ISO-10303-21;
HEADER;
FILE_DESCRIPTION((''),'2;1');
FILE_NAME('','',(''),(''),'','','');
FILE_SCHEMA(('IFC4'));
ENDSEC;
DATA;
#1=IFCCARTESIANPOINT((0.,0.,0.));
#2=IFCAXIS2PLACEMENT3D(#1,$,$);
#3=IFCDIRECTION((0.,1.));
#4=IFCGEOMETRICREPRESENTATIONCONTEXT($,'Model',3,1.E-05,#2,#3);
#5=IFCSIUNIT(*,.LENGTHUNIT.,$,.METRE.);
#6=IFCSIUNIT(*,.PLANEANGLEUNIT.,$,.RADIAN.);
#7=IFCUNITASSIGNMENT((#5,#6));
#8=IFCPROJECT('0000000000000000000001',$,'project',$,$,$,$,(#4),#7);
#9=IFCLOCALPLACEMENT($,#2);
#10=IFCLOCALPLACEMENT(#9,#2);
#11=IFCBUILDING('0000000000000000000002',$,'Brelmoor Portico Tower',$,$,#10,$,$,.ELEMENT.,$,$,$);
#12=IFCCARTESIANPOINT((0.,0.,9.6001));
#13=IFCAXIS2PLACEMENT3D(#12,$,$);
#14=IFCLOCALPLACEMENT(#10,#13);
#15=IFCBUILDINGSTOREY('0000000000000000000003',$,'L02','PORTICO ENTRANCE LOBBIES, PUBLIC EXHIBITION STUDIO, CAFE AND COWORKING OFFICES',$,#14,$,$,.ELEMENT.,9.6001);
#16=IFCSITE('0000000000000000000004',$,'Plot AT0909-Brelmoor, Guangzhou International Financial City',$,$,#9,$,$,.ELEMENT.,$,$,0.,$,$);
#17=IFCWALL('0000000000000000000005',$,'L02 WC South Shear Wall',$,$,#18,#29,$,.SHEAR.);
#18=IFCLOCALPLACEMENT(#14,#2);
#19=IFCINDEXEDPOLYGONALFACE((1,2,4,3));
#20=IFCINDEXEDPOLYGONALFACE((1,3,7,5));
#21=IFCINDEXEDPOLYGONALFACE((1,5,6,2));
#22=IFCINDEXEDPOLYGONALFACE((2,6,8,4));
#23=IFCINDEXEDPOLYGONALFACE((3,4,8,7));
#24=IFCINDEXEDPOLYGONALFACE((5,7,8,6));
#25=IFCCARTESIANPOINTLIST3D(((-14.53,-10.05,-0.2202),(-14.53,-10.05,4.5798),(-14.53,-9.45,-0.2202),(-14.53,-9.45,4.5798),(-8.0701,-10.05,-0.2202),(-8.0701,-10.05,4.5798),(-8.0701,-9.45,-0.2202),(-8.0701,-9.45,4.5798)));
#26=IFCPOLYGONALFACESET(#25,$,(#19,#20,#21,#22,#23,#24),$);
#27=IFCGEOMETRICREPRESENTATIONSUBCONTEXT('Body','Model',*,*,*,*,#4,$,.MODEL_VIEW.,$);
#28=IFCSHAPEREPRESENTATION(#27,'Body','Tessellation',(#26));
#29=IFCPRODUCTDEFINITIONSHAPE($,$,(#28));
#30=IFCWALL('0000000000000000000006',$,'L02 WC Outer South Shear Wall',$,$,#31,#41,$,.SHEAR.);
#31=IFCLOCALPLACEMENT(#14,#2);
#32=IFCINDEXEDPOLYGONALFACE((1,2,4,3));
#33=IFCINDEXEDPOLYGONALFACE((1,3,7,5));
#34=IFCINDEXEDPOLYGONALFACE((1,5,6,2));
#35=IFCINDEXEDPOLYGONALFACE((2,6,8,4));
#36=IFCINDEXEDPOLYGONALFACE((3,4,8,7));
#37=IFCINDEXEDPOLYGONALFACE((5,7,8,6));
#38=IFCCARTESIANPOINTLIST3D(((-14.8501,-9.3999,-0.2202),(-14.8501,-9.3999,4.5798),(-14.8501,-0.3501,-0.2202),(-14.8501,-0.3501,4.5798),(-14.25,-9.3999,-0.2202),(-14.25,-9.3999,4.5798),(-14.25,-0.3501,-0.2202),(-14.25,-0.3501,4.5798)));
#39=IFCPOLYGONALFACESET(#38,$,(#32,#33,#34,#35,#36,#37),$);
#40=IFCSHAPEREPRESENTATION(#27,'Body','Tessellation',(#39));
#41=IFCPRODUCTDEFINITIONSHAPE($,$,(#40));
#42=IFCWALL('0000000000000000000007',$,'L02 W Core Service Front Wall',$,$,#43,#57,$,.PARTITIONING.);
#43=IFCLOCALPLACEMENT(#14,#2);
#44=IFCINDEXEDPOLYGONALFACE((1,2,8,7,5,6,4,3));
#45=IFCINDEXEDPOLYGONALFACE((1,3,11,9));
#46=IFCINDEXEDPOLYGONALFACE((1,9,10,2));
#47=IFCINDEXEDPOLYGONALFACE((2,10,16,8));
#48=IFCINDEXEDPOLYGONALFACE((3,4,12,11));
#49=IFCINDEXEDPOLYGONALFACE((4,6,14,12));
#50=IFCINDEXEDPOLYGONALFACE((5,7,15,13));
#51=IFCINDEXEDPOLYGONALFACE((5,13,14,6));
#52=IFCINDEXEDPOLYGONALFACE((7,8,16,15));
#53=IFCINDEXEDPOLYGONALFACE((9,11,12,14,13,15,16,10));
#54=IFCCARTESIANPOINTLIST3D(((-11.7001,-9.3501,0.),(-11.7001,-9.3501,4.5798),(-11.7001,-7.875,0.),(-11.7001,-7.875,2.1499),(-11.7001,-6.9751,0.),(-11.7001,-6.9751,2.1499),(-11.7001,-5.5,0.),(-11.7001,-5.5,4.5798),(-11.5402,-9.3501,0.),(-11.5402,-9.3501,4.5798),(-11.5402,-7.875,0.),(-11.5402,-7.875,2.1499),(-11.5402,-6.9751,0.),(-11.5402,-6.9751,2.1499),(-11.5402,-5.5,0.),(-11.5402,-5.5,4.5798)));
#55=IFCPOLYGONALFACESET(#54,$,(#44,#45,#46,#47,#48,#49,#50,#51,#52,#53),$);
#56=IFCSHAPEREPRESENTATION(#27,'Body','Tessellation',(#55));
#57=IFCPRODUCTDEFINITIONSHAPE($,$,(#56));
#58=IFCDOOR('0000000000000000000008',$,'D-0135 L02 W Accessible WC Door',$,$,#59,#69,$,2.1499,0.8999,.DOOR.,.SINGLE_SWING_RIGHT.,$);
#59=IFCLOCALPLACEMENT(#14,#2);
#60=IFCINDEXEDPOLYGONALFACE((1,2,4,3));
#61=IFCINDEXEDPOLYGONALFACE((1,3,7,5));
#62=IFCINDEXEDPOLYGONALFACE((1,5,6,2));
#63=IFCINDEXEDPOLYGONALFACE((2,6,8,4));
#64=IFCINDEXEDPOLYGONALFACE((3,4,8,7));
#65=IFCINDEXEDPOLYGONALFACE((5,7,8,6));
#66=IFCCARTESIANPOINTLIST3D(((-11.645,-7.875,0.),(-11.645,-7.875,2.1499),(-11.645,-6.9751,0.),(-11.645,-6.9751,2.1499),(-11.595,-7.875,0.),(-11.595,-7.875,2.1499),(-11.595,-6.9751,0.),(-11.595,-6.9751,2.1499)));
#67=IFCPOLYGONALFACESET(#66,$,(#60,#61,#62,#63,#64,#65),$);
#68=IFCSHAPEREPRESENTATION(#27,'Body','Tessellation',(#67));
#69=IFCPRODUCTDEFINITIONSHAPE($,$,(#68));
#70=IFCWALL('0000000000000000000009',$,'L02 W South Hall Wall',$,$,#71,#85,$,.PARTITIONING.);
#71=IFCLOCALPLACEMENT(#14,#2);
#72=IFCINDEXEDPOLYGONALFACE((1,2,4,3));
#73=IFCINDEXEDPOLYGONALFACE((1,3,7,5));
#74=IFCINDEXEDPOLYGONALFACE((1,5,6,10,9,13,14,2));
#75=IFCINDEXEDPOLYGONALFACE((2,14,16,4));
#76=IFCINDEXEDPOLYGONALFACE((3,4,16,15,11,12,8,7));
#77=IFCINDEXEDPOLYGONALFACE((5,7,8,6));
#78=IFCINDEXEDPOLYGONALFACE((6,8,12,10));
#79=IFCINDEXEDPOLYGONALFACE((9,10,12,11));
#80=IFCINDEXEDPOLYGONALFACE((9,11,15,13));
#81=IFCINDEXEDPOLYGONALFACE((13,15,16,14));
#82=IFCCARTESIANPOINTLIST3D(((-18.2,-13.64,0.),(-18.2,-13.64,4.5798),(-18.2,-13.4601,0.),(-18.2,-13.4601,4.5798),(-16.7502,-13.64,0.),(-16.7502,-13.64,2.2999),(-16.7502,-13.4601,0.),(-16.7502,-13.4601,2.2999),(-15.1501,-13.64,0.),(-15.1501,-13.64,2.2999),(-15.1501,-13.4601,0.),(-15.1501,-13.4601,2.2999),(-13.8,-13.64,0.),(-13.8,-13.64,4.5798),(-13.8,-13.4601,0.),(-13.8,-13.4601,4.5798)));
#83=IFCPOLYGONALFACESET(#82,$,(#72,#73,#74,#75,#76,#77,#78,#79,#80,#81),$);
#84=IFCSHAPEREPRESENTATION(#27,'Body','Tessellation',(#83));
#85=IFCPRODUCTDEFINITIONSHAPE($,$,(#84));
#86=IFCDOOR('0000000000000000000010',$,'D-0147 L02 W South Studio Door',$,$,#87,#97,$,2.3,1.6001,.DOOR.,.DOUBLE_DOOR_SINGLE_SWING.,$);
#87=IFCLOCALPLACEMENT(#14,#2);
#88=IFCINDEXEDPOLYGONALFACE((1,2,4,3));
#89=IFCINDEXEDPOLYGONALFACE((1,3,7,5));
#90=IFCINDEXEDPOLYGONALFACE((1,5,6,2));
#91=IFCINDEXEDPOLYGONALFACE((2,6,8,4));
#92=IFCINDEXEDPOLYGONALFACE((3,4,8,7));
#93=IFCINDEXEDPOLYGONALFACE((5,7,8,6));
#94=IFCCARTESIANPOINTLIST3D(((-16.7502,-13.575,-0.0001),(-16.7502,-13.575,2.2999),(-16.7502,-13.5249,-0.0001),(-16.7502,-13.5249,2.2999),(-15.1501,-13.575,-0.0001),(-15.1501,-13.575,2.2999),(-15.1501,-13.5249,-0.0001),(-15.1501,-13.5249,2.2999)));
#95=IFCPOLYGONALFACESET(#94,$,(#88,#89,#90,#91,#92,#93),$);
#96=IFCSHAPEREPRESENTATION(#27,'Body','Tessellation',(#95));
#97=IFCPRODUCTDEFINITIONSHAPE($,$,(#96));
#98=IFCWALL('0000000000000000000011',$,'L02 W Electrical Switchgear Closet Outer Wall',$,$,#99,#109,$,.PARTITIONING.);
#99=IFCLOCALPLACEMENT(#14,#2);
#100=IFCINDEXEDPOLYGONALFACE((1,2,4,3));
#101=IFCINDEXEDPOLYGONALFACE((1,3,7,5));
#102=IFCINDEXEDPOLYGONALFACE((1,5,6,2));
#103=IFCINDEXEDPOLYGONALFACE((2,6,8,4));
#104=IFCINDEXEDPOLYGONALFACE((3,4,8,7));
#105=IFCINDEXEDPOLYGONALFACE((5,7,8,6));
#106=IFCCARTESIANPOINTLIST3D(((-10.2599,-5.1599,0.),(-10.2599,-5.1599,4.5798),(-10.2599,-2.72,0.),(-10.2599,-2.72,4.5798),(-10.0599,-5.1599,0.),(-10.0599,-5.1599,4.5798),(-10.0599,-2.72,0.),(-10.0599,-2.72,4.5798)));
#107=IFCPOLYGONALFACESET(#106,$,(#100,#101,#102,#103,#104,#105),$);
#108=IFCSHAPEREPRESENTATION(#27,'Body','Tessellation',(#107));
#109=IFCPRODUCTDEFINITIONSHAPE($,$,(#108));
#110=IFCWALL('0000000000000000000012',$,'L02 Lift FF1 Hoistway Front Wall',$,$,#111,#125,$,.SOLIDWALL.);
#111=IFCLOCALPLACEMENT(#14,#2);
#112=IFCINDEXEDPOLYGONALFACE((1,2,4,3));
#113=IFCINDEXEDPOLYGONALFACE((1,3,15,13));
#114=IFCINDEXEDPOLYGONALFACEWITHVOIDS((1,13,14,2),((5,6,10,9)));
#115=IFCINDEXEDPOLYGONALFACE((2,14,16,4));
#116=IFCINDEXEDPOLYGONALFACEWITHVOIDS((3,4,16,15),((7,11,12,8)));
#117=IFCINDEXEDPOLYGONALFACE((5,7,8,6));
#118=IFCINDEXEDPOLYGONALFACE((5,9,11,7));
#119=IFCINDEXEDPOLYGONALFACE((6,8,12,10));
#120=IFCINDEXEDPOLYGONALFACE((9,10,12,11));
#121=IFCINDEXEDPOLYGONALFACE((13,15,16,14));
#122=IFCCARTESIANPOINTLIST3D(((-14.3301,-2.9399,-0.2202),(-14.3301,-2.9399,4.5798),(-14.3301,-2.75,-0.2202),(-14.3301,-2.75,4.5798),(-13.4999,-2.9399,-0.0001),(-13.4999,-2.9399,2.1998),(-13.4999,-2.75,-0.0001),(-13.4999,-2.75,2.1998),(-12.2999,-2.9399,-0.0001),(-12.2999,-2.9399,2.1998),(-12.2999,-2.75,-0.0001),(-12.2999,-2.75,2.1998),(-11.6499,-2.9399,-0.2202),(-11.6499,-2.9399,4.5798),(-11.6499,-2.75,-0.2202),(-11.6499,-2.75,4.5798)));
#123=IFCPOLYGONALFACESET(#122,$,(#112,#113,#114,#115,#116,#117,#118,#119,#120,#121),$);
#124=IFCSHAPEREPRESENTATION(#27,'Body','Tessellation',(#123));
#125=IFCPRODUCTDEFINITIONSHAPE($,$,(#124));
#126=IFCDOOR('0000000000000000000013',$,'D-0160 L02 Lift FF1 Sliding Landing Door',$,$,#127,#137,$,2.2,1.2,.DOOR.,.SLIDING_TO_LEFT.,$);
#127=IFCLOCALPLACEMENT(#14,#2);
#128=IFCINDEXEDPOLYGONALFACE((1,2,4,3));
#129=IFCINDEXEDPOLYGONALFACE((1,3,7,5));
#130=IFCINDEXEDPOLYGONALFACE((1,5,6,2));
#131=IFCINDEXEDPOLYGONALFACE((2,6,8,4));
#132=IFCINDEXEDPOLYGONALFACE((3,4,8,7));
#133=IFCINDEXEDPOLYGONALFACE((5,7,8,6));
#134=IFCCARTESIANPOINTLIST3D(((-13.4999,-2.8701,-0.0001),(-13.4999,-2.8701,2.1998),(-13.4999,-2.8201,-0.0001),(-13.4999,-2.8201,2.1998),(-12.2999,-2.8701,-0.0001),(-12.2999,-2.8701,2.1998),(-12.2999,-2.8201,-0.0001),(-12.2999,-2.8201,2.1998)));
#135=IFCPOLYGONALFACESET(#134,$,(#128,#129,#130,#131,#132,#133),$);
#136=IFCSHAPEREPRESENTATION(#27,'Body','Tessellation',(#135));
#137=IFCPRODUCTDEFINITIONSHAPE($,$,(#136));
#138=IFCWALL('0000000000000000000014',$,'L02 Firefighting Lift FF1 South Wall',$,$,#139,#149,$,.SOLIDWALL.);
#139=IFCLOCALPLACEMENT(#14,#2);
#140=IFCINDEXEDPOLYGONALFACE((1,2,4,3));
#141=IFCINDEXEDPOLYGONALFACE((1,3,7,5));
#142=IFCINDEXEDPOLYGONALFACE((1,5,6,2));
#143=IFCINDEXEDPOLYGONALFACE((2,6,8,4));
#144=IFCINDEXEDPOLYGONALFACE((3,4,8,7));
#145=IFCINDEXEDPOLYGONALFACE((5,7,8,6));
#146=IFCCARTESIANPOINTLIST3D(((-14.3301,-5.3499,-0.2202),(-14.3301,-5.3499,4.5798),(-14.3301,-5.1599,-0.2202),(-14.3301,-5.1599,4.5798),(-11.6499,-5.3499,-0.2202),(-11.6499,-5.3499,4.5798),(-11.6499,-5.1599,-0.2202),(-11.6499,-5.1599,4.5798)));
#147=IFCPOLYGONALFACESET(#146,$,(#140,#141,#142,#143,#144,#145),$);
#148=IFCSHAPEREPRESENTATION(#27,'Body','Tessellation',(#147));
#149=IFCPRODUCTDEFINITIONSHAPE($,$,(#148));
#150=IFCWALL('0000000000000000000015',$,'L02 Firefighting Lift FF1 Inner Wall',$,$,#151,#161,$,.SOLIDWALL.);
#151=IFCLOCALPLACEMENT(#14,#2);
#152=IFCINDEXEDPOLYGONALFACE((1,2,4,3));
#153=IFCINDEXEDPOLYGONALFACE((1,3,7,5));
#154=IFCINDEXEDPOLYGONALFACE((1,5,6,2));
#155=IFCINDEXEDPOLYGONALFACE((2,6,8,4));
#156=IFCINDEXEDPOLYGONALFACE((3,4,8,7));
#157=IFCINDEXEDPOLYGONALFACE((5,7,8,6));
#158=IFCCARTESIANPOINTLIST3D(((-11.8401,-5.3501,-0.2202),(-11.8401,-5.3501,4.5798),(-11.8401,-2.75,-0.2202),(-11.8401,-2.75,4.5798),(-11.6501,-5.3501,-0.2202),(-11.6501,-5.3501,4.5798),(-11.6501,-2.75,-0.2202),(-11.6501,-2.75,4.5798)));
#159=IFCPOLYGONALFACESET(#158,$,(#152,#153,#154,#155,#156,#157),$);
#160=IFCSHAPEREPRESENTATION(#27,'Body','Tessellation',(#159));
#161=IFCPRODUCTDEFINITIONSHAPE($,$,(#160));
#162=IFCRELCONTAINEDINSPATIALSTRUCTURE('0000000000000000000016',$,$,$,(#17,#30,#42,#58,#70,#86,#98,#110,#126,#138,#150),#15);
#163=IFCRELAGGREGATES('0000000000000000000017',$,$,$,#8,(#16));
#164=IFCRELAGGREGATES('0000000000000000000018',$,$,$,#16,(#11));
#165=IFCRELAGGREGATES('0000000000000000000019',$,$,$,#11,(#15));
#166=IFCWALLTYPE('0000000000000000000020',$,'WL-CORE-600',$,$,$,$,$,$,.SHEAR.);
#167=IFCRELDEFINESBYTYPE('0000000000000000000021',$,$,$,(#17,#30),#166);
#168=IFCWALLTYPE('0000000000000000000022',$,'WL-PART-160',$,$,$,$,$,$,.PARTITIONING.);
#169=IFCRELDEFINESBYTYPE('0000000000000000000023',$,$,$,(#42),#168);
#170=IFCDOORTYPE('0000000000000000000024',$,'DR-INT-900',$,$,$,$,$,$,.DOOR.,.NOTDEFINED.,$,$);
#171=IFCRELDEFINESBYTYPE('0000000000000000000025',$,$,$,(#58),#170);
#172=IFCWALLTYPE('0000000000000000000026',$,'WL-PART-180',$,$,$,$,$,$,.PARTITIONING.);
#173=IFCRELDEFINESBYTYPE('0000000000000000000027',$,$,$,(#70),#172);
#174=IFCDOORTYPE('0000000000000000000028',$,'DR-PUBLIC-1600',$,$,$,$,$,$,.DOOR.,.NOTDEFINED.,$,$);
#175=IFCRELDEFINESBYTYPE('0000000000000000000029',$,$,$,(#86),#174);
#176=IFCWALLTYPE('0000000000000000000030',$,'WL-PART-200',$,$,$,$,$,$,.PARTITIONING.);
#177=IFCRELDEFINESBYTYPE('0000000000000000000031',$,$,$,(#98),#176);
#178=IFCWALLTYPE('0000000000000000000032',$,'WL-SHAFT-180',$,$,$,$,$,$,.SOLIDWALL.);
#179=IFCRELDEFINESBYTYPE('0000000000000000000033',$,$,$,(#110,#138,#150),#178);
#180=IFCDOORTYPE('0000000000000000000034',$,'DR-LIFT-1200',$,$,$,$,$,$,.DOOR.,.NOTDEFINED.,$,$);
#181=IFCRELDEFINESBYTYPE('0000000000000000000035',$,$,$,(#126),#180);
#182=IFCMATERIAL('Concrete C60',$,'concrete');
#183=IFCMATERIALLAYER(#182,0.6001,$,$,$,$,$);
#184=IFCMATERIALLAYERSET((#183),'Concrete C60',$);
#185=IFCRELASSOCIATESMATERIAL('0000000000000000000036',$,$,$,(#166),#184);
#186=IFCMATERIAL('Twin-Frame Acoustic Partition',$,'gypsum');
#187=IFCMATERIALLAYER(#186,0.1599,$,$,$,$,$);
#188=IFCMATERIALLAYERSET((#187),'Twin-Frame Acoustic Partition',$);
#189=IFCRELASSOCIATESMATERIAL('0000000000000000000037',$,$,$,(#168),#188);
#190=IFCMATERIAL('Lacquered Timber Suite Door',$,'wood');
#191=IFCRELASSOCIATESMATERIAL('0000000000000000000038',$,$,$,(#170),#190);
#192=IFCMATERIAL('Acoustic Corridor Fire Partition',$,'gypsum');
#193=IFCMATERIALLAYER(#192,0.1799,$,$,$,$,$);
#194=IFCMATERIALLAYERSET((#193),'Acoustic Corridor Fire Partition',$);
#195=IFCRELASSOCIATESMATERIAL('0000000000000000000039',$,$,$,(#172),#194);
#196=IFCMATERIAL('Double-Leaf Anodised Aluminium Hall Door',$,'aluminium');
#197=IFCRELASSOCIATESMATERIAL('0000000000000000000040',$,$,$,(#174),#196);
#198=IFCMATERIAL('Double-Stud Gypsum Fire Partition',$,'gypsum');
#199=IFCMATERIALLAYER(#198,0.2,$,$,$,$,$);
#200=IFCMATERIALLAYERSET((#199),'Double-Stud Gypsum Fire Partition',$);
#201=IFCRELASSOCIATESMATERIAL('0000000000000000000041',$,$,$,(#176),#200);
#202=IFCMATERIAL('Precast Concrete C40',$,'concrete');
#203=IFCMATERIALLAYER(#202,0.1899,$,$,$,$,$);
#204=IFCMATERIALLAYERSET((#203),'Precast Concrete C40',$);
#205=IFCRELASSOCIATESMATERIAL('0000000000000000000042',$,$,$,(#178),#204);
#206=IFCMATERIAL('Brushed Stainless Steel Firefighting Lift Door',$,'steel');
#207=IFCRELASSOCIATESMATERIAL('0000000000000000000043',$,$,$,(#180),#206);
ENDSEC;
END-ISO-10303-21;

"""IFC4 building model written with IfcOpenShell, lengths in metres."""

from ifc_helpers import new_model, si_unit, direction, frame, frame_2d, origin, place, context, subcontext, project, spatial, rectangle, extrude, material, layer, layer_set, type_object, element, fill, save


model = new_model("IFC4")

# Units and contexts
model_context = context("Model", 3, precision=1e-05, world=origin(), true_north=direction((0.0, 1.0)))
body_context = subcontext(model_context, "Body", "Model", "MODEL_VIEW")
ifc_project = project(units=[si_unit("LENGTHUNIT", "METRE"), si_unit("PLANEANGLEUNIT", "RADIAN")], contexts=[model_context])

# Site, building, storey
site_placement = place(None, origin())
site = spatial("IfcSite", under=ifc_project, at=site_placement, Name="Plot AT0909-Brelmoor, Guangzhou International Financial City", CompositionType="ELEMENT", RefElevation=0.0)
building_placement = place(site_placement, origin())
building = spatial("IfcBuilding", under=site, at=building_placement, Name="Brelmoor Portico Tower", CompositionType="ELEMENT")
storey_placement = place(building_placement, frame((0.0, 0.0, 9.6001)))
storey = spatial("IfcBuildingStorey", under=building, at=storey_placement, Name="L02", Description="PORTICO ENTRANCE LOBBIES, PUBLIC EXHIBITION STUDIO, CAFE AND COWORKING OFFICES", CompositionType="ELEMENT", Elevation=9.6001)

# Walls
ifc_material_1 = material(Name="Concrete C60", Category="concrete")
ifc_layer_1 = layer(ifc_material_1, 0.6001)
ifc_layer_set_1 = layer_set([ifc_layer_1], Name="Concrete C60")
wall_type_1 = type_object("IfcWallType", Name="WL-CORE-600", PredefinedType="SHEAR", material=ifc_layer_set_1)
wall_1_placement = place(storey_placement, frame((-14.53, -9.75, -0.2202), z_axis=(0.0, 0.0, 1.0), x_axis=(1.0, 0.0, 0.0)))
element("IfcWall", 1, at=wall_1_placement, inside=storey, type_object=wall_type_1, Name="L02 WC South Shear Wall", PredefinedType="SHEAR", context=body_context, shape_type="SweptSolid", body=[
    extrude(rectangle(XDim=6.46, YDim=0.6001, at=frame_2d((3.23, 0.0))), origin(), (0.0, 0.0, 1.0), 4.8),
])
wall_2_placement = place(storey_placement, frame((-14.55, -9.3999, -0.2202), z_axis=(0.0, 0.0, 1.0), x_axis=(0.0, 1.0, 0.0)))
element("IfcWall", 2, at=wall_2_placement, inside=storey, type_object=wall_type_1, Name="L02 WC Outer South Shear Wall", PredefinedType="SHEAR", context=body_context, shape_type="SweptSolid", body=[
    extrude(rectangle(XDim=9.0498, YDim=0.6001, at=frame_2d((4.5249, 0.0))), origin(), (0.0, 0.0, 1.0), 4.8),
])

# Walls, openings, doors
ifc_material_2 = material(Name="Twin-Frame Acoustic Partition", Category="gypsum")
ifc_layer_2 = layer(ifc_material_2, 0.1599)
ifc_layer_set_2 = layer_set([ifc_layer_2], Name="Twin-Frame Acoustic Partition")
wall_type_2 = type_object("IfcWallType", Name="WL-PART-160", PredefinedType="PARTITIONING", material=ifc_layer_set_2)
wall_3_placement = place(storey_placement, frame((-11.6201, -9.3501, 0.0), z_axis=(0.0, 0.0, 1.0), x_axis=(0.0, 1.0, 0.0)))
wall_3 = element("IfcWall", 3, at=wall_3_placement, inside=storey, type_object=wall_type_2, Name="L02 W Core Service Front Wall", PredefinedType="PARTITIONING", context=body_context, shape_type="SweptSolid", body=[
    extrude(rectangle(XDim=3.8501, YDim=0.1599, at=frame_2d((1.925, 0.0))), origin(), (0.0, 0.0, 1.0), 4.5798),
])
opening_1_placement = place(wall_3_placement, frame((1.4751, 0.0, 0.0)))
opening_1 = element("IfcOpeningElement", 4, at=opening_1_placement, cuts=wall_3, PredefinedType="OPENING", context=body_context, shape_type="SweptSolid", body=[
    extrude(rectangle(XDim=0.8999, YDim=2.1499, at=frame_2d((0.45, 1.075))), frame((0.0, 0.0898, 0.0), z_axis=(0.0, -1.0, 0.0), x_axis=(1.0, 0.0, 0.0)), (0.0, 0.0, 1.0), 0.1799),
])
ifc_material_3 = material(Name="Lacquered Timber Suite Door", Category="wood")
door_type_1 = type_object("IfcDoorType", Name="DR-INT-900", OperationType="NOTDEFINED", PredefinedType="DOOR", material=ifc_material_3)
door_1_placement = place(opening_1_placement, origin())
door_1 = element("IfcDoor", 5, at=door_1_placement, inside=storey, type_object=door_type_1, Name="D-0135 L02 W Accessible WC Door", OperationType="SINGLE_SWING_RIGHT", OverallHeight=2.1499, OverallWidth=0.8999, PredefinedType="DOOR", context=body_context, shape_type="SweptSolid", body=[
    extrude(rectangle(XDim=0.8999, YDim=2.1499, at=frame_2d((0.45, 1.075))), frame((0.0, 0.0249, 0.0), z_axis=(0.0, -1.0, 0.0), x_axis=(1.0, 0.0, 0.0)), (0.0, 0.0, 1.0), 0.05),
])
fill(opening_1, door_1)
ifc_material_4 = material(Name="Acoustic Corridor Fire Partition", Category="gypsum")
ifc_layer_3 = layer(ifc_material_4, 0.1799)
ifc_layer_set_3 = layer_set([ifc_layer_3], Name="Acoustic Corridor Fire Partition")
wall_type_3 = type_object("IfcWallType", Name="WL-PART-180", PredefinedType="PARTITIONING", material=ifc_layer_set_3)
wall_4_placement = place(storey_placement, frame((-13.8, -13.55, 0.0), z_axis=(0.0, 0.0, 1.0), x_axis=(-1.0, 0.0, 0.0)))
wall_4 = element("IfcWall", 6, at=wall_4_placement, inside=storey, type_object=wall_type_3, Name="L02 W South Hall Wall", PredefinedType="PARTITIONING", context=body_context, shape_type="SweptSolid", body=[
    extrude(rectangle(XDim=4.3999, YDim=0.1799, at=frame_2d((2.2, 0.0))), origin(), (0.0, 0.0, 1.0), 4.5798),
])
opening_2_placement = place(wall_4_placement, frame((1.3501, 0.0, 0.0)))
opening_2 = element("IfcOpeningElement", 7, at=opening_2_placement, cuts=wall_4, PredefinedType="OPENING", context=body_context, shape_type="SweptSolid", body=[
    extrude(rectangle(XDim=1.6001, YDim=2.3, at=frame_2d((0.8, 1.1499))), frame((0.0, 0.0999, 0.0), z_axis=(0.0, -1.0, 0.0), x_axis=(1.0, 0.0, 0.0)), (0.0, 0.0, 1.0), 0.2),
])
ifc_material_5 = material(Name="Double-Leaf Anodised Aluminium Hall Door", Category="aluminium")
door_type_2 = type_object("IfcDoorType", Name="DR-PUBLIC-1600", OperationType="NOTDEFINED", PredefinedType="DOOR", material=ifc_material_5)
door_2_placement = place(opening_2_placement, origin())
door_2 = element("IfcDoor", 8, at=door_2_placement, inside=storey, type_object=door_type_2, Name="D-0147 L02 W South Studio Door", OperationType="DOUBLE_DOOR_SINGLE_SWING", OverallHeight=2.3, OverallWidth=1.6001, PredefinedType="DOOR", context=body_context, shape_type="SweptSolid", body=[
    extrude(rectangle(XDim=1.6001, YDim=2.3, at=frame_2d((0.8, 1.1499))), frame((0.0, 0.0249, 0.0), z_axis=(0.0, -1.0, 0.0), x_axis=(1.0, 0.0, 0.0)), (0.0, 0.0, 1.0), 0.05),
])
fill(opening_2, door_2)
ifc_material_6 = material(Name="Double-Stud Gypsum Fire Partition", Category="gypsum")
ifc_layer_4 = layer(ifc_material_6, 0.2)
ifc_layer_set_4 = layer_set([ifc_layer_4], Name="Double-Stud Gypsum Fire Partition")
wall_type_4 = type_object("IfcWallType", Name="WL-PART-200", PredefinedType="PARTITIONING", material=ifc_layer_set_4)

# Wall
wall_5_placement = place(storey_placement, frame((-10.1599, -5.1599, 0.0), z_axis=(0.0, 0.0, 1.0), x_axis=(0.0, 1.0, 0.0)))
element("IfcWall", 9, at=wall_5_placement, inside=storey, type_object=wall_type_4, Name="L02 W Electrical Switchgear Closet Outer Wall", PredefinedType="PARTITIONING", context=body_context, shape_type="SweptSolid", body=[
    extrude(rectangle(XDim=2.4399, YDim=0.2, at=frame_2d((1.22, 0.0))), origin(), (0.0, 0.0, 1.0), 4.5798),
])

# Wall, opening, door
ifc_material_7 = material(Name="Precast Concrete C40", Category="concrete")
ifc_layer_5 = layer(ifc_material_7, 0.1899)
ifc_layer_set_5 = layer_set([ifc_layer_5], Name="Precast Concrete C40")
wall_type_5 = type_object("IfcWallType", Name="WL-SHAFT-180", PredefinedType="SOLIDWALL", material=ifc_layer_set_5)
wall_6_placement = place(storey_placement, frame((-14.3301, -2.845, -0.2202), z_axis=(0.0, 0.0, 1.0), x_axis=(1.0, 0.0, 0.0)))
wall_6 = element("IfcWall", 10, at=wall_6_placement, inside=storey, type_object=wall_type_5, Name="L02 Lift FF1 Hoistway Front Wall", PredefinedType="SOLIDWALL", context=body_context, shape_type="SweptSolid", body=[
    extrude(rectangle(XDim=2.6802, YDim=0.1899, at=frame_2d((1.3401, 0.0))), origin(), (0.0, 0.0, 1.0), 4.8),
])
opening_3_placement = place(wall_6_placement, frame((0.8301, 0.0, 0.22)))
opening_3 = element("IfcOpeningElement", 11, at=opening_3_placement, cuts=wall_6, PredefinedType="OPENING", context=body_context, shape_type="SweptSolid", body=[
    extrude(rectangle(XDim=1.2, YDim=2.2, at=frame_2d((0.6001, 1.1001))), frame((0.0, 0.105, 0.0), z_axis=(0.0, -1.0, 0.0), x_axis=(1.0, 0.0, 0.0)), (0.0, 0.0, 1.0), 0.21),
])
ifc_material_8 = material(Name="Brushed Stainless Steel Firefighting Lift Door", Category="steel")
door_type_3 = type_object("IfcDoorType", Name="DR-LIFT-1200", OperationType="NOTDEFINED", PredefinedType="DOOR", material=ifc_material_8)
door_3_placement = place(opening_3_placement, origin())
door_3 = element("IfcDoor", 12, at=door_3_placement, inside=storey, type_object=door_type_3, Name="D-0160 L02 Lift FF1 Sliding Landing Door", OperationType="SLIDING_TO_LEFT", OverallHeight=2.2, OverallWidth=1.2, PredefinedType="DOOR", context=body_context, shape_type="SweptSolid", body=[
    extrude(rectangle(XDim=1.2, YDim=2.2, at=frame_2d((0.6001, 1.1001))), frame((0.0, 0.0249, 0.0), z_axis=(0.0, -1.0, 0.0), x_axis=(1.0, 0.0, 0.0)), (0.0, 0.0, 1.0), 0.05),
])
fill(opening_3, door_3)

# Walls
wall_7_placement = place(storey_placement, frame((-14.3301, -5.2549, -0.2202), z_axis=(0.0, 0.0, 1.0), x_axis=(1.0, 0.0, 0.0)))
element("IfcWall", 13, at=wall_7_placement, inside=storey, type_object=wall_type_5, Name="L02 Firefighting Lift FF1 South Wall", PredefinedType="SOLIDWALL", context=body_context, shape_type="SweptSolid", body=[
    extrude(rectangle(XDim=2.6802, YDim=0.1899, at=frame_2d((1.3401, 0.0))), origin(), (0.0, 0.0, 1.0), 4.8),
])
wall_8_placement = place(storey_placement, frame((-11.7451, -5.3501, -0.2202), z_axis=(0.0, 0.0, 1.0), x_axis=(0.0, 1.0, 0.0)))
element("IfcWall", 14, at=wall_8_placement, inside=storey, type_object=wall_type_5, Name="L02 Firefighting Lift FF1 Inner Wall", PredefinedType="SOLIDWALL", context=body_context, shape_type="SweptSolid", body=[
    extrude(rectangle(XDim=2.6001, YDim=0.1899, at=frame_2d((1.3, 0.0))), origin(), (0.0, 0.0, 1.0), 4.8),
])

save(model, "model.ifc")
